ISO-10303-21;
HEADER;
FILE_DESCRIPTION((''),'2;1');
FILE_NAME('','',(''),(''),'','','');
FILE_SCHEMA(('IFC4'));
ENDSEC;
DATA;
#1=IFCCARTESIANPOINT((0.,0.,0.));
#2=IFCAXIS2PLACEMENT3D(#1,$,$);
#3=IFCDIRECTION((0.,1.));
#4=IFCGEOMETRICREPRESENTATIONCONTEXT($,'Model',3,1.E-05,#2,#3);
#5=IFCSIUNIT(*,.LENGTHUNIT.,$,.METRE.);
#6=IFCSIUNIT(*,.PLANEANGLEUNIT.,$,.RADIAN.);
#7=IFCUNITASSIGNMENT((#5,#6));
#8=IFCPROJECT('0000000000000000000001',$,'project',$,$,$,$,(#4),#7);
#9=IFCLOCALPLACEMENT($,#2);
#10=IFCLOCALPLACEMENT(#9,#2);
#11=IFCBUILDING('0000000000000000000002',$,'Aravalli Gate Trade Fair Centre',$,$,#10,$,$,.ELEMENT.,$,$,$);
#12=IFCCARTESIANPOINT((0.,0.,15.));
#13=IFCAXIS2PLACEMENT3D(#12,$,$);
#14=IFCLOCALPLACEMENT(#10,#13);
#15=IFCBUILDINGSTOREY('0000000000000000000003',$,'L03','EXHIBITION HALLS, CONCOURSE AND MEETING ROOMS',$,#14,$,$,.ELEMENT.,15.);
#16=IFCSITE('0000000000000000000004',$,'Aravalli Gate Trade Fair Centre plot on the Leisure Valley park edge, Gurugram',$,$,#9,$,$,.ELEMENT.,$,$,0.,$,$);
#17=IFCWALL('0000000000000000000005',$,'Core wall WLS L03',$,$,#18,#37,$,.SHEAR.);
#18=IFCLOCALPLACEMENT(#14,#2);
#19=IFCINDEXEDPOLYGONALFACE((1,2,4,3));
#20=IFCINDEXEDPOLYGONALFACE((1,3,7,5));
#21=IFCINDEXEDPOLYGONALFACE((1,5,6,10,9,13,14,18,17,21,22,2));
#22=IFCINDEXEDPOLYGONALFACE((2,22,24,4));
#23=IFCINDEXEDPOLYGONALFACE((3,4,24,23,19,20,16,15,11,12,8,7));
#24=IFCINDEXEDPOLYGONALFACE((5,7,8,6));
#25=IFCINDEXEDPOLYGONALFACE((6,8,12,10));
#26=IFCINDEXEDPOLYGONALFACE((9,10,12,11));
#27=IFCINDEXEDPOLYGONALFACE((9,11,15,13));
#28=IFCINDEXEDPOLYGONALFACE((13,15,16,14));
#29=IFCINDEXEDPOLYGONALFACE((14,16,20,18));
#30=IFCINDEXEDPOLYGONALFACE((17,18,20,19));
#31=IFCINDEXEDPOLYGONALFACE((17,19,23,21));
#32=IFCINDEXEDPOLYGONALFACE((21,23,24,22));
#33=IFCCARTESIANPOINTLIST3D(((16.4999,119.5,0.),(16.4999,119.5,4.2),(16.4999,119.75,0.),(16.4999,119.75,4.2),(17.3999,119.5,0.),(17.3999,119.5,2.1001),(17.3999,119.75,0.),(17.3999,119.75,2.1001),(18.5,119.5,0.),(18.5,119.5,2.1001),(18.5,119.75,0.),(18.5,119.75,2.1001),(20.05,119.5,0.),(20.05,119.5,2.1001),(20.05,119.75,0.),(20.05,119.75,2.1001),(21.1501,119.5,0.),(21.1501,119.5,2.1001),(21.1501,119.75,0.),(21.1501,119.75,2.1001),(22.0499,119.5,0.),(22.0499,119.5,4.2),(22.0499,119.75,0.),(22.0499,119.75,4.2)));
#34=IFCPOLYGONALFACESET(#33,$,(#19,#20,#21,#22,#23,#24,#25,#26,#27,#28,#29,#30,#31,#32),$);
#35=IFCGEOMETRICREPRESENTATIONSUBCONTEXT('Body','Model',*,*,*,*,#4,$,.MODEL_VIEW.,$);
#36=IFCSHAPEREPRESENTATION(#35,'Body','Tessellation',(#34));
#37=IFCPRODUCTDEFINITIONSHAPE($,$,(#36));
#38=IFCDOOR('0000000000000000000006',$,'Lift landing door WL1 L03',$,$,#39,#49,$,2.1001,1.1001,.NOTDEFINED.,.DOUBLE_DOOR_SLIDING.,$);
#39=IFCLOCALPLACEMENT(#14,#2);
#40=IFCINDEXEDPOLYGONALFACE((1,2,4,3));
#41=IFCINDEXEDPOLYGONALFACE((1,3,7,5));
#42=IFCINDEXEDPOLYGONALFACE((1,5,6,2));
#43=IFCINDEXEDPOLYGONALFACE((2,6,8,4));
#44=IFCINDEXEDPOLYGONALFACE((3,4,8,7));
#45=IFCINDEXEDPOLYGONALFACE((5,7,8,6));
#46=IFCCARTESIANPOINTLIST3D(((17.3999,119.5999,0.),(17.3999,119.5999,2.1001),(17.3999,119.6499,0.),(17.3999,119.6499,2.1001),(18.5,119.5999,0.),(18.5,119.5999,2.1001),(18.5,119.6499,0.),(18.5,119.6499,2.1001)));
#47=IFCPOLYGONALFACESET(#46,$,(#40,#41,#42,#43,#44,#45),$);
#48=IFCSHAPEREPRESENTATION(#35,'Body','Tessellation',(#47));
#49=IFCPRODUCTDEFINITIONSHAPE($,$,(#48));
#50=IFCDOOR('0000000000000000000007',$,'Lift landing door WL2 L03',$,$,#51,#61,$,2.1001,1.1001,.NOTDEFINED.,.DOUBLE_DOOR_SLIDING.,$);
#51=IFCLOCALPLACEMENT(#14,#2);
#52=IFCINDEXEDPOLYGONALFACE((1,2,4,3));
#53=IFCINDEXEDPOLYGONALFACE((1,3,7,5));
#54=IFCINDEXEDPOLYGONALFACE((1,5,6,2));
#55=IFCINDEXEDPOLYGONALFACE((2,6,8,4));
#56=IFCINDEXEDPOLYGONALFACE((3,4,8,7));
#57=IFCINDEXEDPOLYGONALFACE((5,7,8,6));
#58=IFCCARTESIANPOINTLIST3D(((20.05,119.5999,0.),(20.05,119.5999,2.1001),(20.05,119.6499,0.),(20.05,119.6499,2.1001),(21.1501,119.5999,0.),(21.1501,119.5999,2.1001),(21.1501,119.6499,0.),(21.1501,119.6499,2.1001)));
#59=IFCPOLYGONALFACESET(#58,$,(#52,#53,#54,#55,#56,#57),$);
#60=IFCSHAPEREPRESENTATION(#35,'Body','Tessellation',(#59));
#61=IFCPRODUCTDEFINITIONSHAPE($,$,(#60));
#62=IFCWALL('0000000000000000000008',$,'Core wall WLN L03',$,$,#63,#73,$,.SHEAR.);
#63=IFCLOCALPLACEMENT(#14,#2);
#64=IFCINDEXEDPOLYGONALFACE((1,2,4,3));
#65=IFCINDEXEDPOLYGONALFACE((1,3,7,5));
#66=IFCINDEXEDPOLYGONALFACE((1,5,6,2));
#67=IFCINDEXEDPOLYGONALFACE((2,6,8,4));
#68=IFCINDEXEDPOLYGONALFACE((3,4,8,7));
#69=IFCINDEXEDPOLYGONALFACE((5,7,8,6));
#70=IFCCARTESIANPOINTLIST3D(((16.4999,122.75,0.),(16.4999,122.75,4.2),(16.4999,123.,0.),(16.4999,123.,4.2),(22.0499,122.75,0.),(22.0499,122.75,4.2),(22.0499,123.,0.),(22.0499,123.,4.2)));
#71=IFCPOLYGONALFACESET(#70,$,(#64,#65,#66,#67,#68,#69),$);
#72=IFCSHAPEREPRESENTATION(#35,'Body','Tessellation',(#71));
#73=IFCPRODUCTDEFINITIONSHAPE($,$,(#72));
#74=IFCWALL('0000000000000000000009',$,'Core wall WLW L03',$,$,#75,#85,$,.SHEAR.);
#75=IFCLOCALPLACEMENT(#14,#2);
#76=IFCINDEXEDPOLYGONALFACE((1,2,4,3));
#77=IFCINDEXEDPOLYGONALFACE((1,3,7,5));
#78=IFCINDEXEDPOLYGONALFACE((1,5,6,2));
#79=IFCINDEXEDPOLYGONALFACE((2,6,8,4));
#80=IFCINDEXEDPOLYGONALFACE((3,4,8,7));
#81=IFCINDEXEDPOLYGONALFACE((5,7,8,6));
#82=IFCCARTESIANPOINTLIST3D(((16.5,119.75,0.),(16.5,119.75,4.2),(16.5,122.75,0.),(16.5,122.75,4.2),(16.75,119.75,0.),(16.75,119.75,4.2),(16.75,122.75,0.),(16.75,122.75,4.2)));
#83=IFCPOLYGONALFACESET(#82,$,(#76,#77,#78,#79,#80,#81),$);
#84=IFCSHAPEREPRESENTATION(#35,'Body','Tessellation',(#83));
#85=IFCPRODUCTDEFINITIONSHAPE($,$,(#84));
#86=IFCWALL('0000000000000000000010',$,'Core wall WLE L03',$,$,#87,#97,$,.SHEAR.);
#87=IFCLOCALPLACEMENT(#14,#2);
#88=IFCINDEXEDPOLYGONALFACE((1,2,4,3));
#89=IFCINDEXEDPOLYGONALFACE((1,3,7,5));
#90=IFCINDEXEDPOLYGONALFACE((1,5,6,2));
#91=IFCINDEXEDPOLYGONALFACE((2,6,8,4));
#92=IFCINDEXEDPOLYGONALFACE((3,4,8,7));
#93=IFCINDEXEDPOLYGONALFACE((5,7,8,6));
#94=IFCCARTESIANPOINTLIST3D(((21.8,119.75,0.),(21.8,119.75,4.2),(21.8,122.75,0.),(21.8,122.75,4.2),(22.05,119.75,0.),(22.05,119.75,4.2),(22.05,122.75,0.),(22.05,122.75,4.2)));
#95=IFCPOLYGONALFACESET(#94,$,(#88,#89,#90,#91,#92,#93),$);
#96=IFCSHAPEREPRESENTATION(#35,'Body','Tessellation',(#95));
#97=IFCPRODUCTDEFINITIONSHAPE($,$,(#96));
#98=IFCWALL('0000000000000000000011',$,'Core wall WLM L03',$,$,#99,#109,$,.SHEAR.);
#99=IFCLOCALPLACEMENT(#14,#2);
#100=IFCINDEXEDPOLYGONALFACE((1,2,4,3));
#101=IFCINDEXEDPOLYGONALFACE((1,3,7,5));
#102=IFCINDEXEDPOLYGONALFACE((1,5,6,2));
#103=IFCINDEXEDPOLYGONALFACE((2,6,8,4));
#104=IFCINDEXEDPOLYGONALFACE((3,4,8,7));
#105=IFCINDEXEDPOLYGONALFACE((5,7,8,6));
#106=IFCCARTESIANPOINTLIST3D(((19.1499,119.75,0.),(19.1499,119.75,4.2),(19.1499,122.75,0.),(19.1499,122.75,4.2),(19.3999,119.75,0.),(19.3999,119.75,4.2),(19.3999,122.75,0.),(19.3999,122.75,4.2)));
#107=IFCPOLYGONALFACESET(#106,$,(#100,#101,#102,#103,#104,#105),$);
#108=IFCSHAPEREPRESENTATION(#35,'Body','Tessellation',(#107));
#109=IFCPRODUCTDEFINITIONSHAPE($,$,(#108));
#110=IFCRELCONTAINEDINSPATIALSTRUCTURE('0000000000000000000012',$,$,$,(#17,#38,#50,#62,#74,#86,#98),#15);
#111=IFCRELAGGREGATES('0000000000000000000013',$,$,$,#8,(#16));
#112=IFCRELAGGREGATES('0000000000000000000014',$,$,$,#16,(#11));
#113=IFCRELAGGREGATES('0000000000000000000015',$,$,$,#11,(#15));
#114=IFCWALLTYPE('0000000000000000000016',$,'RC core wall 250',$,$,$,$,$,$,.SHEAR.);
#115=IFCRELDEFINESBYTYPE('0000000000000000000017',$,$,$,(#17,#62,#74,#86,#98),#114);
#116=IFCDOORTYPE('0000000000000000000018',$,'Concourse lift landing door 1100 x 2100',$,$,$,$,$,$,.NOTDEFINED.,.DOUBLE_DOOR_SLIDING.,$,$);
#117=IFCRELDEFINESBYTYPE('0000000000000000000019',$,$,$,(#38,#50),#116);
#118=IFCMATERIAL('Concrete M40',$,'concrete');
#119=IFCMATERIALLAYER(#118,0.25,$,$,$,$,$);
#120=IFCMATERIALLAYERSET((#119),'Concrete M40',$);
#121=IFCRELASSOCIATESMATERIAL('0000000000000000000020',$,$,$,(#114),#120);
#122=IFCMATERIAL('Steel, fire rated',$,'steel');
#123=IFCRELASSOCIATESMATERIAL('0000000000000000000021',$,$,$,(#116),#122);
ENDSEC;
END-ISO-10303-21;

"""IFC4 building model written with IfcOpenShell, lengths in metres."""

from ifc_helpers import new_model, si_unit, direction, frame, frame_2d, origin, place, context, subcontext, project, spatial, rectangle, extrude, material, layer, layer_set, type_object, element, fill, save


model = new_model("IFC4")

# Units and contexts
model_context = context("Model", 3, precision=1e-05, world=origin(), true_north=direction((0.0, 1.0)))
body_context = subcontext(model_context, "Body", "Model", "MODEL_VIEW")
ifc_project = project(units=[si_unit("LENGTHUNIT", "METRE"), si_unit("PLANEANGLEUNIT", "RADIAN")], contexts=[model_context])

# Site, building, storey
site_placement = place(None, origin())
site = spatial("IfcSite", under=ifc_project, at=site_placement, Name="Aravalli Gate Trade Fair Centre plot on the Leisure Valley park edge, Gurugram", CompositionType="ELEMENT", RefElevation=0.0)
building_placement = place(site_placement, origin())
building = spatial("IfcBuilding", under=site, at=building_placement, Name="Aravalli Gate Trade Fair Centre", CompositionType="ELEMENT")
storey_placement = place(building_placement, frame((0.0, 0.0, 15.0)))
storey = spatial("IfcBuildingStorey", under=building, at=storey_placement, Name="L03", Description="EXHIBITION HALLS, CONCOURSE AND MEETING ROOMS", CompositionType="ELEMENT", Elevation=15.0)

# Shared definitions
ifc_material_1 = material(Name="Concrete M40", Category="concrete")

# Shared definitions
ifc_material_2 = material(Name="Steel, fire rated", Category="steel")

# Wall, openings, doors
ifc_layer_1 = layer(ifc_material_1, 0.25)
ifc_layer_set_1 = layer_set([ifc_layer_1], Name="Concrete M40")
wall_type_1 = type_object("IfcWallType", Name="RC core wall 250", PredefinedType="SHEAR", material=ifc_layer_set_1)
wall_1_placement = place(storey_placement, frame((16.5, 119.625, 0.0), z_axis=(0.0, 0.0, 1.0), x_axis=(1.0, 0.0, 0.0)))
wall_1 = element("IfcWall", 1, at=wall_1_placement, inside=storey, type_object=wall_type_1, Name="Core wall WLS L03", PredefinedType="SHEAR", context=body_context, shape_type="SweptSolid", body=[
    extrude(rectangle(XDim=5.55, YDim=0.25, at=frame_2d((2.7749, 0.0))), origin(), (0.0, 0.0, 1.0), 4.2),
])
opening_1_placement = place(wall_1_placement, frame((0.8999, 0.0, 0.0)))
opening_1 = element("IfcOpeningElement", 2, at=opening_1_placement, cuts=wall_1, PredefinedType="OPENING", context=body_context, shape_type="SweptSolid", body=[
    extrude(rectangle(XDim=1.1001, YDim=2.1001, at=frame_2d((0.55, 1.05))), frame((0.0, 0.135, 0.0), z_axis=(0.0, -1.0, 0.0), x_axis=(1.0, 0.0, 0.0)), (0.0, 0.0, 1.0), 0.27),
])
opening_2_placement = place(wall_1_placement, frame((3.55, 0.0, 0.0)))
opening_2 = element("IfcOpeningElement", 3, at=opening_2_placement, cuts=wall_1, PredefinedType="OPENING", context=body_context, shape_type="SweptSolid", body=[
    extrude(rectangle(XDim=1.1001, YDim=2.1001, at=frame_2d((0.55, 1.05))), frame((0.0, 0.135, 0.0), z_axis=(0.0, -1.0, 0.0), x_axis=(1.0, 0.0, 0.0)), (0.0, 0.0, 1.0), 0.27),
])
door_type_1 = type_object("IfcDoorType", Name="Concourse lift landing door 1100 x 2100", OperationType="DOUBLE_DOOR_SLIDING", PredefinedType="NOTDEFINED", material=ifc_material_2)
door_1_placement = place(opening_1_placement, origin())
door_1 = element("IfcDoor", 4, at=door_1_placement, inside=storey, type_object=door_type_1, Name="Lift landing door WL1 L03", OperationType="DOUBLE_DOOR_SLIDING", OverallHeight=2.1001, OverallWidth=1.1001, PredefinedType="NOTDEFINED", context=body_context, shape_type="SweptSolid", body=[
    extrude(rectangle(XDim=1.1001, YDim=2.1001, at=frame_2d((0.55, 1.05))), frame((0.0, 0.0249, 0.0), z_axis=(0.0, -1.0, 0.0), x_axis=(1.0, 0.0, 0.0)), (0.0, 0.0, 1.0), 0.05),
])
fill(opening_1, door_1)
door_2_placement = place(opening_2_placement, origin())
door_2 = element("IfcDoor", 5, at=door_2_placement, inside=storey, type_object=door_type_1, Name="Lift landing door WL2 L03", OperationType="DOUBLE_DOOR_SLIDING", OverallHeight=2.1001, OverallWidth=1.1001, PredefinedType="NOTDEFINED", context=body_context, shape_type="SweptSolid", body=[
    extrude(rectangle(XDim=1.1001, YDim=2.1001, at=frame_2d((0.55, 1.05))), frame((0.0, 0.0249, 0.0), z_axis=(0.0, -1.0, 0.0), x_axis=(1.0, 0.0, 0.0)), (0.0, 0.0, 1.0), 0.05),
])
fill(opening_2, door_2)

# Walls
wall_2_placement = place(storey_placement, frame((16.5, 122.875, 0.0), z_axis=(0.0, 0.0, 1.0), x_axis=(1.0, 0.0, 0.0)))
element("IfcWall", 6, at=wall_2_placement, inside=storey, type_object=wall_type_1, Name="Core wall WLN L03", PredefinedType="SHEAR", context=body_context, shape_type="SweptSolid", body=[
    extrude(rectangle(XDim=5.55, YDim=0.25, at=frame_2d((2.7749, 0.0))), origin(), (0.0, 0.0, 1.0), 4.2),
])
for number, where, z_axis, x_axis, name in (
    (7, (16.625, 119.75, 0.0), (0.0, 0.0, 1.0), (0.0, 1.0, 0.0), "Core wall WLW L03"),
    (8, (21.925, 119.75, 0.0), (0.0, 0.0, 1.0), (0.0, 1.0, 0.0), "Core wall WLE L03"),
    (9, (19.2749, 119.75, 0.0), (0.0, 0.0, 1.0), (0.0, 1.0, 0.0), "Core wall WLM L03"),
):
    element("IfcWall", number, at=place(storey_placement, frame(where, z_axis=z_axis, x_axis=x_axis)), inside=storey, type_object=wall_type_1, Name=name, PredefinedType="SHEAR", context=body_context, shape_type="SweptSolid", body=[
        extrude(rectangle(XDim=3.0, YDim=0.25, at=frame_2d((1.5, 0.0))), origin(), (0.0, 0.0, 1.0), 4.2),
    ])

save(model, "model.ifc")
